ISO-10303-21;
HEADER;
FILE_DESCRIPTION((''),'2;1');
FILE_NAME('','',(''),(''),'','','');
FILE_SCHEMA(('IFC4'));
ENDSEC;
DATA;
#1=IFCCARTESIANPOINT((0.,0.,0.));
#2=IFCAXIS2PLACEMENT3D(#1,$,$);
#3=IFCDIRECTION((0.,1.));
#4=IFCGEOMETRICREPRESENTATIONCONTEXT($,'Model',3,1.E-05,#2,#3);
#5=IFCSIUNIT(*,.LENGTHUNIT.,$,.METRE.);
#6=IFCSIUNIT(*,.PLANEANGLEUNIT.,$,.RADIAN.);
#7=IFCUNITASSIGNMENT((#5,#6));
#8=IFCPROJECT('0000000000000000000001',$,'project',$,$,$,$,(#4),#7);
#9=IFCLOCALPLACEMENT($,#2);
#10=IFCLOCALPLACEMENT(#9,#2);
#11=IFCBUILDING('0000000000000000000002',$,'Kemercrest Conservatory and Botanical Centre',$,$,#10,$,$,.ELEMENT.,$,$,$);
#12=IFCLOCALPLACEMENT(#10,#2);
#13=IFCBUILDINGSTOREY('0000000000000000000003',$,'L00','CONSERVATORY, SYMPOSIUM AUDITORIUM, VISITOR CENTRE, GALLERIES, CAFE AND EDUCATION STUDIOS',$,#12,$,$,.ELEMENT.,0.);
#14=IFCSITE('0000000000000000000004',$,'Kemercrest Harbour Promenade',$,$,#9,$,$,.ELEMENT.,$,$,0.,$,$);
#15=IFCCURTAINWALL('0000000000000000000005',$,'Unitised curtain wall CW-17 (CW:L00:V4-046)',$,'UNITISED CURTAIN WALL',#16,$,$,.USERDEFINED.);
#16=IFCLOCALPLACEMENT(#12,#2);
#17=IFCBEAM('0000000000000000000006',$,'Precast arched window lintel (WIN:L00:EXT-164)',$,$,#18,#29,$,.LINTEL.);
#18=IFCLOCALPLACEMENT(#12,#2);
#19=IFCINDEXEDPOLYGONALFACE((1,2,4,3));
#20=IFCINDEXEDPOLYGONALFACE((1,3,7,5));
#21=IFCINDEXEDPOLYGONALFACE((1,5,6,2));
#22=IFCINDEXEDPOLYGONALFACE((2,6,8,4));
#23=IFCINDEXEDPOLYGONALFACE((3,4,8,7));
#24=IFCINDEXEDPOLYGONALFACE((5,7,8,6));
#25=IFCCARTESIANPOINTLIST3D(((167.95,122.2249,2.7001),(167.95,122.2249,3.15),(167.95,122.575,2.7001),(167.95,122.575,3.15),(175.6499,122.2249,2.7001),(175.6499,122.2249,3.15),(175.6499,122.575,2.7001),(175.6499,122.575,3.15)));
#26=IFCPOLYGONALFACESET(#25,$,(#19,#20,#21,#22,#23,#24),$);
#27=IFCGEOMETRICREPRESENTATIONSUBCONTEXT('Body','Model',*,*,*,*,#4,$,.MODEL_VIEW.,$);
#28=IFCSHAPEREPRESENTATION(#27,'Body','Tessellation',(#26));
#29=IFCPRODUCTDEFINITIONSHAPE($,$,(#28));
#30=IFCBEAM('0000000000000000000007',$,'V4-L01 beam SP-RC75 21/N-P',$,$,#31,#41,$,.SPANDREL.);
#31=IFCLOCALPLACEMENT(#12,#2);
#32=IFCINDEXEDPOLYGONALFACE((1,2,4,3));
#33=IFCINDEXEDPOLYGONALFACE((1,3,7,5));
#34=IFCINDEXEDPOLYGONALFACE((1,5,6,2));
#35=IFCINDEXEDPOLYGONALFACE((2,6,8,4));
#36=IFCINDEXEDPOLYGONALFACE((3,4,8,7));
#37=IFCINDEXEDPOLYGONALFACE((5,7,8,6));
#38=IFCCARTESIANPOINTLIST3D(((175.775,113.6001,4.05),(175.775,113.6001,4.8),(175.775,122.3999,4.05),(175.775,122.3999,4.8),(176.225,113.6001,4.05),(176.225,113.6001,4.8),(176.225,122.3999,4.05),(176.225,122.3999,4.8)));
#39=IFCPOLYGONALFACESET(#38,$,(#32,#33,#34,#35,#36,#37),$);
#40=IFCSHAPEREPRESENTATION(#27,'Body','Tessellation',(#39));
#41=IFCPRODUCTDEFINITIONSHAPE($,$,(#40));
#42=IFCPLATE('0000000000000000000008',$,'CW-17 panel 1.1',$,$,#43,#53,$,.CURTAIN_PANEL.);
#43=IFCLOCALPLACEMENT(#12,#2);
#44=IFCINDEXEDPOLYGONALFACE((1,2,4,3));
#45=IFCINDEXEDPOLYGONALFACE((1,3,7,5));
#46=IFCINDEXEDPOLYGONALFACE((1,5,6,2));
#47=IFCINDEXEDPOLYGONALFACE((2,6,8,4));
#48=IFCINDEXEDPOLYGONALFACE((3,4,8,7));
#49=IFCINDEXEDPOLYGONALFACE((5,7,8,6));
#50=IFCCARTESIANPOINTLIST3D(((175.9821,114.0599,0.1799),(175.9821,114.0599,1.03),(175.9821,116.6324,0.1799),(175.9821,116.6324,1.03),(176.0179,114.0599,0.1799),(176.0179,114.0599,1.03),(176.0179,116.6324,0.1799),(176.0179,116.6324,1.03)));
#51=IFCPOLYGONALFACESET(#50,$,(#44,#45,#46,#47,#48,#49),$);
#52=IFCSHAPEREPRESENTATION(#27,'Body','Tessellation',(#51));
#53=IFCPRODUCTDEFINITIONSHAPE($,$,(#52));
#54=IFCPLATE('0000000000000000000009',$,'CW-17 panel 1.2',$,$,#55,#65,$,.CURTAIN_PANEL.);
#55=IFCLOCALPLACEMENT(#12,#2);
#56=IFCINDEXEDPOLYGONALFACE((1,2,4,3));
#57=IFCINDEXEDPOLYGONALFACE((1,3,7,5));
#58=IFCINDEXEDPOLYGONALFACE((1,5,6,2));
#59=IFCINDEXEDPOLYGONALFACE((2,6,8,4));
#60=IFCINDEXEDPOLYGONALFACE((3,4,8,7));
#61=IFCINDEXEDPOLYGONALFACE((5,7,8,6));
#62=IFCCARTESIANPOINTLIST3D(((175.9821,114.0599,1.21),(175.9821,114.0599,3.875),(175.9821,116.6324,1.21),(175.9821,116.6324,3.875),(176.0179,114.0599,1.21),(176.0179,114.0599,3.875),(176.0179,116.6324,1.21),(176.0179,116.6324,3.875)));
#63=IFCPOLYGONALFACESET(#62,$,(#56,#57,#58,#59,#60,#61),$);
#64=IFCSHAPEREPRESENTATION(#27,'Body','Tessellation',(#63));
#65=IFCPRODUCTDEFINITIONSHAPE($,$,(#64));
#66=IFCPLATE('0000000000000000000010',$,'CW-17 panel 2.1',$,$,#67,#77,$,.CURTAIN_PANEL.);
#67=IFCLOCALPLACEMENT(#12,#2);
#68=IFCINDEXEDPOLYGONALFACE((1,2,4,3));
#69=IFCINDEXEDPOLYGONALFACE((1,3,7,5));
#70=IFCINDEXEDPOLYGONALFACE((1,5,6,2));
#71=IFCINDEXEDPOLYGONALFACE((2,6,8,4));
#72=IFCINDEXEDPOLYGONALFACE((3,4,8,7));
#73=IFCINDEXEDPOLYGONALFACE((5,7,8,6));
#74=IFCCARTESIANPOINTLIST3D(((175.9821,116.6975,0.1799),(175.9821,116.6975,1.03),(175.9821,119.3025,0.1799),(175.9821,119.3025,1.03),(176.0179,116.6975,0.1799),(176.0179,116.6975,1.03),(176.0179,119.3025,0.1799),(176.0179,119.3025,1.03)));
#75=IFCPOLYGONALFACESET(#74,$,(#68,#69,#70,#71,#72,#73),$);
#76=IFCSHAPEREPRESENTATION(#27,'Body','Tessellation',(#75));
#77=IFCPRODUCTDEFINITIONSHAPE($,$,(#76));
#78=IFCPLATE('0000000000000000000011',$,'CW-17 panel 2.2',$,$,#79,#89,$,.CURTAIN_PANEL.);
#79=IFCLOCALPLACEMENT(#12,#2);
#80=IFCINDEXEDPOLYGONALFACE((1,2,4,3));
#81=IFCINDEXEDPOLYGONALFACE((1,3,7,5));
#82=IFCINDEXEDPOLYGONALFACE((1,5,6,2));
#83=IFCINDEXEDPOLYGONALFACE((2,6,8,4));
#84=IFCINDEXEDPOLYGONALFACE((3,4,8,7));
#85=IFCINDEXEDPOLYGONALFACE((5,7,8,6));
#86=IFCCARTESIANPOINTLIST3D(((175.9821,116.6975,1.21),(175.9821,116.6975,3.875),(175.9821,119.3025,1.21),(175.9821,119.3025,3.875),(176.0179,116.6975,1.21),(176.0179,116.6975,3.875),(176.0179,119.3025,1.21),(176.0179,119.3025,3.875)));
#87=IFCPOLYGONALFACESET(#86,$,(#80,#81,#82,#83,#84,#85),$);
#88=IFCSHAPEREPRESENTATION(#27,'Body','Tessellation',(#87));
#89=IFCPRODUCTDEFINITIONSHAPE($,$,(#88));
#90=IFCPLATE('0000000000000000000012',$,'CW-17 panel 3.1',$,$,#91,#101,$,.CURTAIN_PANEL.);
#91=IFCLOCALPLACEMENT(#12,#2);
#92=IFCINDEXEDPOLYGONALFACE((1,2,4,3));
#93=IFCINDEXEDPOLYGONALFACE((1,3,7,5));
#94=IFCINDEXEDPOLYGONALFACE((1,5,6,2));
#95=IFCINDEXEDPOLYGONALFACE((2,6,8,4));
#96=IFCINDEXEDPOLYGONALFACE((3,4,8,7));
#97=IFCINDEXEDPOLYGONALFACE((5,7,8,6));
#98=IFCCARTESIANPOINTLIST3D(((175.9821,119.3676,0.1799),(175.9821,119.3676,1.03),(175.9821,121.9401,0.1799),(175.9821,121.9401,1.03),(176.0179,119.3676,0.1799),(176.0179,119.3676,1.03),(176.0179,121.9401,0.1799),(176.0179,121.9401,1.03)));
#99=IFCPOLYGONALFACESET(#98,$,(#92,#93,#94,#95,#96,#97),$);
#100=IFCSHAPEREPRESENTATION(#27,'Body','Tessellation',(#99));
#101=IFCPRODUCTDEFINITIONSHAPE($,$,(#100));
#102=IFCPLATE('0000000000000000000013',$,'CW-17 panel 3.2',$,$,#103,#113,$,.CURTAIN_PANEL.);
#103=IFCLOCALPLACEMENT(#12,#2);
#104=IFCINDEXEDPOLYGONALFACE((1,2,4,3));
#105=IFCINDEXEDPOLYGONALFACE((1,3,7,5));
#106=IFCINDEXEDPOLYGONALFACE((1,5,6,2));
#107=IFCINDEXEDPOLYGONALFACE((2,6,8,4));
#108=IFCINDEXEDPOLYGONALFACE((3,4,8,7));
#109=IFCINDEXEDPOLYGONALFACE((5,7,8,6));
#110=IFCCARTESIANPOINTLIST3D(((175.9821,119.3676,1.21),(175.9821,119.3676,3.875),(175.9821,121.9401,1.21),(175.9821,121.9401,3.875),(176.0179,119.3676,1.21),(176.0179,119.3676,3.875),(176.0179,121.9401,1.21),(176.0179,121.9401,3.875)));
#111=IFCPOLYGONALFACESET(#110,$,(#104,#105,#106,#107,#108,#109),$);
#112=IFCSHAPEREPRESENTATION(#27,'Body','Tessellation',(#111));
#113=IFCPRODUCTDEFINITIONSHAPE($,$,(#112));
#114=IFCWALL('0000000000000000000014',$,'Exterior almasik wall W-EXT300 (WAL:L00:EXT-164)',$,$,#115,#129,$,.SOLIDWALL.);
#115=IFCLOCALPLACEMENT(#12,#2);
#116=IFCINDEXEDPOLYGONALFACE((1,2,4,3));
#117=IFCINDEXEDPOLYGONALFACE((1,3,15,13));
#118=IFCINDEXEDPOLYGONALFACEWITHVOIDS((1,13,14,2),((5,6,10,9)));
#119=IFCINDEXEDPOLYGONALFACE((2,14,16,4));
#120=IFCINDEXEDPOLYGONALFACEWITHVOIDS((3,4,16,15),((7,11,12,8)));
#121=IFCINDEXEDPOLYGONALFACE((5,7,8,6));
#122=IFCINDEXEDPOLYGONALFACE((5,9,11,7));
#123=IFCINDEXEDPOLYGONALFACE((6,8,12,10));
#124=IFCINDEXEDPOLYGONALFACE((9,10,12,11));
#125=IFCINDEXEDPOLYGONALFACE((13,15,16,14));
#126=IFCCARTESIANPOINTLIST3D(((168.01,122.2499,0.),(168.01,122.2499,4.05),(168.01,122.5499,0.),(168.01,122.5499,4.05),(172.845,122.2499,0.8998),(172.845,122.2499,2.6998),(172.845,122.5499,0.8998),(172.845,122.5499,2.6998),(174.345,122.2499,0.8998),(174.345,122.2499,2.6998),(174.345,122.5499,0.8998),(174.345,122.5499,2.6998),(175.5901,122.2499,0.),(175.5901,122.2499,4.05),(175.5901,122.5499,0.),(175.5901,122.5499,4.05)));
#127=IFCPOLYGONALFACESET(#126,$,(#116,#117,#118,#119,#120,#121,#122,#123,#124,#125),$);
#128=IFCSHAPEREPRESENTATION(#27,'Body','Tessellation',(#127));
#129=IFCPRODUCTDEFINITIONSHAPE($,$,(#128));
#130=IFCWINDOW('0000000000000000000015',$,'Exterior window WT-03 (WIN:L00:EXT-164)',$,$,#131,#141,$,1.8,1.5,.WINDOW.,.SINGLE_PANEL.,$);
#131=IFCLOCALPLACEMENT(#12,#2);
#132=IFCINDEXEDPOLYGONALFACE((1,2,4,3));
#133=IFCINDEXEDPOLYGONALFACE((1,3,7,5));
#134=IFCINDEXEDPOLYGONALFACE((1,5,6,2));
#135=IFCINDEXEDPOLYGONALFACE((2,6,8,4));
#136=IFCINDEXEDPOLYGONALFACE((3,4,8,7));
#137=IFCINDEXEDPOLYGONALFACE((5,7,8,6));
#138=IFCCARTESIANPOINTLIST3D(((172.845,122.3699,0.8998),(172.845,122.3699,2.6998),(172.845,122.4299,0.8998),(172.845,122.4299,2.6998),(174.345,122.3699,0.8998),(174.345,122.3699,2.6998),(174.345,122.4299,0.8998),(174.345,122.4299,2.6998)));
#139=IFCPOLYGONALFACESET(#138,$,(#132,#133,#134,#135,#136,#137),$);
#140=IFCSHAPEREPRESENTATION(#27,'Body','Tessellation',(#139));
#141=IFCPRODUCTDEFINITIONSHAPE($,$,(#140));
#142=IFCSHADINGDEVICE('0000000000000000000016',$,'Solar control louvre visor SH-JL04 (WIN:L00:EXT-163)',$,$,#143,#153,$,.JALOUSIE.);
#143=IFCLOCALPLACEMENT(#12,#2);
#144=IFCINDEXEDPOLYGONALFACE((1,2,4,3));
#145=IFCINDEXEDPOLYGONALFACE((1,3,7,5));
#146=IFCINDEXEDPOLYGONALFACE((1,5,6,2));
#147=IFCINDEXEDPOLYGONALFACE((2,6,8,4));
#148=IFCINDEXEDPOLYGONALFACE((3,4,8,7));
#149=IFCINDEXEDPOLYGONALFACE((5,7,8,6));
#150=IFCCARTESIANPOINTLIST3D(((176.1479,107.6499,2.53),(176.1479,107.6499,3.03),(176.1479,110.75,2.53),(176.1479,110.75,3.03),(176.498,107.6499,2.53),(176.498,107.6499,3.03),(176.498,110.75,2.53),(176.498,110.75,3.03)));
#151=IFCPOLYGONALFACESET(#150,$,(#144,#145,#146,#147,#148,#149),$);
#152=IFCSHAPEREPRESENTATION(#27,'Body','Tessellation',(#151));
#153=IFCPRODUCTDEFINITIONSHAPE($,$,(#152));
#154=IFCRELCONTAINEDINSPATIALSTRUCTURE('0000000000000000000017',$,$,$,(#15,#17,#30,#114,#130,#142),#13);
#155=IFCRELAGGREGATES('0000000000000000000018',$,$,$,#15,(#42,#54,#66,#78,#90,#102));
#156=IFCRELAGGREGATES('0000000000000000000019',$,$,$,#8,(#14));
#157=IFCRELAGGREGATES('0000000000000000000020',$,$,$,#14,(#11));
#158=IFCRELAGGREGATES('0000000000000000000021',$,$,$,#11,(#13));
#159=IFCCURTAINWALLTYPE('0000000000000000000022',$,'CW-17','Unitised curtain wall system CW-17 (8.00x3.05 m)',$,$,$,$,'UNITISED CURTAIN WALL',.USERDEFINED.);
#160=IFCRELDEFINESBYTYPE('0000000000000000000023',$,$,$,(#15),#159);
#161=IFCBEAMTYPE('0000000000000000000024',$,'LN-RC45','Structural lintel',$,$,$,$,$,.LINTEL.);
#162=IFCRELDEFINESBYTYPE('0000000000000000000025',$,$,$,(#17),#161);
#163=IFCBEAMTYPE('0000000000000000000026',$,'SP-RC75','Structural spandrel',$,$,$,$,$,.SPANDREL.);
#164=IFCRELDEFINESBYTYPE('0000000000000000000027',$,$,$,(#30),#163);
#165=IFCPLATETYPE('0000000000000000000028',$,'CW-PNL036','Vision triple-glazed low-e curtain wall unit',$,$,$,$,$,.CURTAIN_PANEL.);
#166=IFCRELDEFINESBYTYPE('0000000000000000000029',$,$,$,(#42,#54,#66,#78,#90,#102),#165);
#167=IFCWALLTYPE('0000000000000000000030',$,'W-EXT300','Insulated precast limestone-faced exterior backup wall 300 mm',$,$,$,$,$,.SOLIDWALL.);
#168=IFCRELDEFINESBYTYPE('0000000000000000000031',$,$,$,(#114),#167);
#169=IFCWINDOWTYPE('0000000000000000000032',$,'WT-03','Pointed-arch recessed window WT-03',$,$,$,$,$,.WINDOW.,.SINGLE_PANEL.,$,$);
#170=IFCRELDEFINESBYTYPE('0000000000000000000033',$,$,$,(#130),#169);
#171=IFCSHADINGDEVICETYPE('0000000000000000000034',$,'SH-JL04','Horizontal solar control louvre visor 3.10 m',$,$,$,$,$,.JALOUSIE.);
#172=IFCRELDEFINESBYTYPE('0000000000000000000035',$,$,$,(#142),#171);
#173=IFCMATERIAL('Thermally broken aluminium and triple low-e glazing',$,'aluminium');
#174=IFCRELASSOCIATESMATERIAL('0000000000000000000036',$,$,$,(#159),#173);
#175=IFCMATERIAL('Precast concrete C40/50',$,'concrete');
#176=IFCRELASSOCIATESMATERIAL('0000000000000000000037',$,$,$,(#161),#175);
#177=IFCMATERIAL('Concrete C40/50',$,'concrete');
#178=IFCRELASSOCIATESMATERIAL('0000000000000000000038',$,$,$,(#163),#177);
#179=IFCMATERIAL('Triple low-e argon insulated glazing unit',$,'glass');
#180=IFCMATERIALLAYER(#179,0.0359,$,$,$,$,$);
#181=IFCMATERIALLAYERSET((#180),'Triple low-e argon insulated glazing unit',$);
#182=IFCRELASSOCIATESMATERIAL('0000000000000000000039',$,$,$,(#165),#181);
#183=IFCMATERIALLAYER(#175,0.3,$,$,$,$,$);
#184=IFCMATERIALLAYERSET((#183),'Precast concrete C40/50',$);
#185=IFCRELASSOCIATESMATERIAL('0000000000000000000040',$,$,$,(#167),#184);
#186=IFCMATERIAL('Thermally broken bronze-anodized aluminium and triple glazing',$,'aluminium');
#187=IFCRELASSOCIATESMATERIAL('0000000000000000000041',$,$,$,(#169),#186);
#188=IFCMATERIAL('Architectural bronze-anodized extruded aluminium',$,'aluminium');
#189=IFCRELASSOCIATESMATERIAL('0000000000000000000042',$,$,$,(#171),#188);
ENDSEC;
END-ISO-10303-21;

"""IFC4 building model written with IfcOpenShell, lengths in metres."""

from ifc_helpers import new_model, si_unit, direction, frame, frame_2d, origin, origin_2d, place, context, subcontext, project, spatial, rectangle, extrude, material, layer, layer_set, material_profile, profile_set, type_object, element, fill, aggregate, save


model = new_model("IFC4")

# Units and contexts
model_context = context("Model", 3, precision=1e-05, world=origin(), true_north=direction((0.0, 1.0)))
body_context = subcontext(model_context, "Body", "Model", "MODEL_VIEW")
ifc_project = project(units=[si_unit("LENGTHUNIT", "METRE"), si_unit("PLANEANGLEUNIT", "RADIAN")], contexts=[model_context])

# Site, building, storey
site_placement = place(None, origin())
site = spatial("IfcSite", under=ifc_project, at=site_placement, Name="Kemercrest Harbour Promenade", CompositionType="ELEMENT", RefElevation=0.0)
building_placement = place(site_placement, origin())
building = spatial("IfcBuilding", under=site, at=building_placement, Name="Kemercrest Conservatory and Botanical Centre", CompositionType="ELEMENT")
storey_placement = place(building_placement, origin())
storey = spatial("IfcBuildingStorey", under=building, at=storey_placement, Name="L00", Description="CONSERVATORY, SYMPOSIUM AUDITORIUM, VISITOR CENTRE, GALLERIES, CAFE AND EDUCATION STUDIOS", CompositionType="ELEMENT", Elevation=0.0)

# Curtain wall
ifc_material_1 = material(Name="Thermally broken aluminium and triple low-e glazing", Category="aluminium")
curtain_wall_type = type_object("IfcCurtainWallType", Name="CW-17", Description="Unitised curtain wall system CW-17 (8.00x3.05 m)", ElementType="UNITISED CURTAIN WALL", PredefinedType="USERDEFINED", material=ifc_material_1)
curtain_wall_placement = place(storey_placement, origin())
curtain_wall = element("IfcCurtainWall", 1, at=curtain_wall_placement, inside=storey, type_object=curtain_wall_type, Name="Unitised curtain wall CW-17 (CW:L00:V4-046)", ObjectType="UNITISED CURTAIN WALL", PredefinedType="USERDEFINED")

# Beams
ifc_material_2 = material(Name="Precast concrete C40/50", Category="concrete")
ifc_material_profile_1 = material_profile(ifc_material_2, rectangle(XDim=0.3501, YDim=0.45, at=origin_2d()), Name="RC 350x450")
ifc_profile_set_1 = profile_set([ifc_material_profile_1], Name="Precast concrete C40/50")
beam_type_1 = type_object("IfcBeamType", Name="LN-RC45", Description="Structural lintel", PredefinedType="LINTEL", material=ifc_profile_set_1)
beam_1_placement = place(storey_placement, frame((175.6499, 122.3999, 2.925), z_axis=(-1.0, 0.0, 0.0), x_axis=(0.0, -1.0, 0.0)))
element("IfcBeam", 2, at=beam_1_placement, inside=storey, type_object=beam_type_1, Name="Precast arched window lintel (WIN:L00:EXT-164)", PredefinedType="LINTEL", context=body_context, shape_type="SweptSolid", body=[
    extrude(rectangle(XDim=0.3501, YDim=0.45, at=origin_2d()), origin(), (0.0, 0.0, 1.0), 7.7),
])
ifc_material_3 = material(Name="Concrete C40/50", Category="concrete")
ifc_material_profile_2 = material_profile(ifc_material_3, rectangle(XDim=0.45, YDim=0.75, at=origin_2d()), Name="RC 450x750")
ifc_profile_set_2 = profile_set([ifc_material_profile_2], Name="Concrete C40/50")
beam_type_2 = type_object("IfcBeamType", Name="SP-RC75", Description="Structural spandrel", PredefinedType="SPANDREL", material=ifc_profile_set_2)
beam_2_placement = place(storey_placement, frame((176.0, 113.6001, 4.425), z_axis=(0.0, 1.0, 0.0), x_axis=(-1.0, 0.0, 0.0)))
element("IfcBeam", 3, at=beam_2_placement, inside=storey, type_object=beam_type_2, Name="V4-L01 beam SP-RC75 21/N-P", PredefinedType="SPANDREL", context=body_context, shape_type="SweptSolid", body=[
    extrude(rectangle(XDim=0.45, YDim=0.75, at=origin_2d()), origin(), (0.0, 0.0, 1.0), 8.7998),
])

# Plates
ifc_material_4 = material(Name="Triple low-e argon insulated glazing unit", Category="glass")
ifc_layer_1 = layer(ifc_material_4, 0.0359)
ifc_layer_set_1 = layer_set([ifc_layer_1], Name="Triple low-e argon insulated glazing unit")
plate_type = type_object("IfcPlateType", Name="CW-PNL036", Description="Vision triple-glazed low-e curtain wall unit", PredefinedType="CURTAIN_PANEL", material=ifc_layer_set_1)
plate_1_placement = place(storey_placement, frame((176.0, 115.3462, 0.1799), z_axis=(0.0, 0.0, 1.0), x_axis=(0.0, 1.0, 0.0)))
plate_1 = element("IfcPlate", 4, at=plate_1_placement, type_object=plate_type, Name="CW-17 panel 1.1", PredefinedType="CURTAIN_PANEL", context=body_context, shape_type="SweptSolid", body=[
    extrude(rectangle(XDim=2.5725, YDim=0.0359, at=origin_2d()), origin(), (0.0, 0.0, 1.0), 0.8501),
])
plate_2_placement = place(storey_placement, frame((176.0, 115.3462, 1.21), z_axis=(0.0, 0.0, 1.0), x_axis=(0.0, 1.0, 0.0)))
plate_2 = element("IfcPlate", 5, at=plate_2_placement, type_object=plate_type, Name="CW-17 panel 1.2", PredefinedType="CURTAIN_PANEL", context=body_context, shape_type="SweptSolid", body=[
    extrude(rectangle(XDim=2.5725, YDim=0.0359, at=origin_2d()), origin(), (0.0, 0.0, 1.0), 2.665),
])
plate_3_placement = place(storey_placement, frame((176.0, 118.0, 0.1799), z_axis=(0.0, 0.0, 1.0), x_axis=(0.0, 1.0, 0.0)))
plate_3 = element("IfcPlate", 6, at=plate_3_placement, type_object=plate_type, Name="CW-17 panel 2.1", PredefinedType="CURTAIN_PANEL", context=body_context, shape_type="SweptSolid", body=[
    extrude(rectangle(XDim=2.605, YDim=0.0359, at=origin_2d()), origin(), (0.0, 0.0, 1.0), 0.8501),
])
plate_4_placement = place(storey_placement, frame((176.0, 118.0, 1.21), z_axis=(0.0, 0.0, 1.0), x_axis=(0.0, 1.0, 0.0)))
plate_4 = element("IfcPlate", 7, at=plate_4_placement, type_object=plate_type, Name="CW-17 panel 2.2", PredefinedType="CURTAIN_PANEL", context=body_context, shape_type="SweptSolid", body=[
    extrude(rectangle(XDim=2.605, YDim=0.0359, at=origin_2d()), origin(), (0.0, 0.0, 1.0), 2.665),
])
plate_5_placement = place(storey_placement, frame((176.0, 120.6538, 0.1799), z_axis=(0.0, 0.0, 1.0), x_axis=(0.0, 1.0, 0.0)))
plate_5 = element("IfcPlate", 8, at=plate_5_placement, type_object=plate_type, Name="CW-17 panel 3.1", PredefinedType="CURTAIN_PANEL", context=body_context, shape_type="SweptSolid", body=[
    extrude(rectangle(XDim=2.5725, YDim=0.0359, at=origin_2d()), origin(), (0.0, 0.0, 1.0), 0.8501),
])
plate_6_placement = place(storey_placement, frame((176.0, 120.6538, 1.21), z_axis=(0.0, 0.0, 1.0), x_axis=(0.0, 1.0, 0.0)))
plate_6 = element("IfcPlate", 9, at=plate_6_placement, type_object=plate_type, Name="CW-17 panel 3.2", PredefinedType="CURTAIN_PANEL", context=body_context, shape_type="SweptSolid", body=[
    extrude(rectangle(XDim=2.5725, YDim=0.0359, at=origin_2d()), origin(), (0.0, 0.0, 1.0), 2.665),
])
aggregate(curtain_wall, [plate_1, plate_2, plate_3, plate_4, plate_5, plate_6])

# Wall, opening, window
ifc_layer_2 = layer(ifc_material_2, 0.3)
ifc_layer_set_2 = layer_set([ifc_layer_2], Name="Precast concrete C40/50")
wall_type = type_object("IfcWallType", Name="W-EXT300", Description="Insulated precast limestone-faced exterior backup wall 300 mm", PredefinedType="SOLIDWALL", material=ifc_layer_set_2)
wall_placement = place(storey_placement, frame((175.5901, 122.3999, 0.0), z_axis=(0.0, 0.0, 1.0), x_axis=(-1.0, 0.0, 0.0)))
wall = element("IfcWall", 10, at=wall_placement, inside=storey, type_object=wall_type, Name="Exterior almasik wall W-EXT300 (WAL:L00:EXT-164)", PredefinedType="SOLIDWALL", context=body_context, shape_type="SweptSolid", body=[
    extrude(rectangle(XDim=7.5801, YDim=0.3, at=frame_2d((3.79, 0.0))), origin(), (0.0, 0.0, 1.0), 4.05),
])
opening_placement = place(wall_placement, frame((1.2451, 0.0, 0.8999)))
opening = element("IfcOpeningElement", 11, at=opening_placement, cuts=wall, PredefinedType="OPENING", context=body_context, shape_type="SweptSolid", body=[
    extrude(rectangle(XDim=1.5, YDim=1.8, at=frame_2d((0.75, 0.8999))), frame((0.0, 0.1602, 0.0), z_axis=(0.0, -1.0, 0.0), x_axis=(1.0, 0.0, 0.0)), (0.0, 0.0, 1.0), 0.3201),
])
ifc_material_5 = material(Name="Thermally broken bronze-anodized aluminium and triple glazing", Category="aluminium")
window_type = type_object("IfcWindowType", Name="WT-03", Description="Pointed-arch recessed window WT-03", PartitioningType="SINGLE_PANEL", PredefinedType="WINDOW", material=ifc_material_5)
window_placement = place(opening_placement, origin())
window = element("IfcWindow", 12, at=window_placement, inside=storey, type_object=window_type, Name="Exterior window WT-03 (WIN:L00:EXT-164)", OverallHeight=1.8, OverallWidth=1.5, PartitioningType="SINGLE_PANEL", PredefinedType="WINDOW", context=body_context, shape_type="SweptSolid", body=[
    extrude(rectangle(XDim=1.5, YDim=1.8, at=frame_2d((0.75, 0.8999))), frame((0.0, 0.03, 0.0), z_axis=(0.0, -1.0, 0.0), x_axis=(1.0, 0.0, 0.0)), (0.0, 0.0, 1.0), 0.0601),
])
fill(opening, window)

# Shading device
ifc_material_6 = material(Name="Architectural bronze-anodized extruded aluminium", Category="aluminium")
shading_device_type = type_object("IfcShadingDeviceType", Name="SH-JL04", Description="Horizontal solar control louvre visor 3.10 m", PredefinedType="JALOUSIE", material=ifc_material_6)
shading_device_placement = place(storey_placement, frame((176.323, 109.2, 2.53), z_axis=(0.0, 0.0, 1.0), x_axis=(0.0, 1.0, 0.0)))
element("IfcShadingDevice", 13, at=shading_device_placement, inside=storey, type_object=shading_device_type, Name="Solar control louvre visor SH-JL04 (WIN:L00:EXT-163)", PredefinedType="JALOUSIE", context=body_context, shape_type="SweptSolid", body=[
    extrude(rectangle(XDim=3.1001, YDim=0.3501, at=origin_2d()), origin(), (0.0, 0.0, 1.0), 0.5),
])

save(model, "model.ifc")
